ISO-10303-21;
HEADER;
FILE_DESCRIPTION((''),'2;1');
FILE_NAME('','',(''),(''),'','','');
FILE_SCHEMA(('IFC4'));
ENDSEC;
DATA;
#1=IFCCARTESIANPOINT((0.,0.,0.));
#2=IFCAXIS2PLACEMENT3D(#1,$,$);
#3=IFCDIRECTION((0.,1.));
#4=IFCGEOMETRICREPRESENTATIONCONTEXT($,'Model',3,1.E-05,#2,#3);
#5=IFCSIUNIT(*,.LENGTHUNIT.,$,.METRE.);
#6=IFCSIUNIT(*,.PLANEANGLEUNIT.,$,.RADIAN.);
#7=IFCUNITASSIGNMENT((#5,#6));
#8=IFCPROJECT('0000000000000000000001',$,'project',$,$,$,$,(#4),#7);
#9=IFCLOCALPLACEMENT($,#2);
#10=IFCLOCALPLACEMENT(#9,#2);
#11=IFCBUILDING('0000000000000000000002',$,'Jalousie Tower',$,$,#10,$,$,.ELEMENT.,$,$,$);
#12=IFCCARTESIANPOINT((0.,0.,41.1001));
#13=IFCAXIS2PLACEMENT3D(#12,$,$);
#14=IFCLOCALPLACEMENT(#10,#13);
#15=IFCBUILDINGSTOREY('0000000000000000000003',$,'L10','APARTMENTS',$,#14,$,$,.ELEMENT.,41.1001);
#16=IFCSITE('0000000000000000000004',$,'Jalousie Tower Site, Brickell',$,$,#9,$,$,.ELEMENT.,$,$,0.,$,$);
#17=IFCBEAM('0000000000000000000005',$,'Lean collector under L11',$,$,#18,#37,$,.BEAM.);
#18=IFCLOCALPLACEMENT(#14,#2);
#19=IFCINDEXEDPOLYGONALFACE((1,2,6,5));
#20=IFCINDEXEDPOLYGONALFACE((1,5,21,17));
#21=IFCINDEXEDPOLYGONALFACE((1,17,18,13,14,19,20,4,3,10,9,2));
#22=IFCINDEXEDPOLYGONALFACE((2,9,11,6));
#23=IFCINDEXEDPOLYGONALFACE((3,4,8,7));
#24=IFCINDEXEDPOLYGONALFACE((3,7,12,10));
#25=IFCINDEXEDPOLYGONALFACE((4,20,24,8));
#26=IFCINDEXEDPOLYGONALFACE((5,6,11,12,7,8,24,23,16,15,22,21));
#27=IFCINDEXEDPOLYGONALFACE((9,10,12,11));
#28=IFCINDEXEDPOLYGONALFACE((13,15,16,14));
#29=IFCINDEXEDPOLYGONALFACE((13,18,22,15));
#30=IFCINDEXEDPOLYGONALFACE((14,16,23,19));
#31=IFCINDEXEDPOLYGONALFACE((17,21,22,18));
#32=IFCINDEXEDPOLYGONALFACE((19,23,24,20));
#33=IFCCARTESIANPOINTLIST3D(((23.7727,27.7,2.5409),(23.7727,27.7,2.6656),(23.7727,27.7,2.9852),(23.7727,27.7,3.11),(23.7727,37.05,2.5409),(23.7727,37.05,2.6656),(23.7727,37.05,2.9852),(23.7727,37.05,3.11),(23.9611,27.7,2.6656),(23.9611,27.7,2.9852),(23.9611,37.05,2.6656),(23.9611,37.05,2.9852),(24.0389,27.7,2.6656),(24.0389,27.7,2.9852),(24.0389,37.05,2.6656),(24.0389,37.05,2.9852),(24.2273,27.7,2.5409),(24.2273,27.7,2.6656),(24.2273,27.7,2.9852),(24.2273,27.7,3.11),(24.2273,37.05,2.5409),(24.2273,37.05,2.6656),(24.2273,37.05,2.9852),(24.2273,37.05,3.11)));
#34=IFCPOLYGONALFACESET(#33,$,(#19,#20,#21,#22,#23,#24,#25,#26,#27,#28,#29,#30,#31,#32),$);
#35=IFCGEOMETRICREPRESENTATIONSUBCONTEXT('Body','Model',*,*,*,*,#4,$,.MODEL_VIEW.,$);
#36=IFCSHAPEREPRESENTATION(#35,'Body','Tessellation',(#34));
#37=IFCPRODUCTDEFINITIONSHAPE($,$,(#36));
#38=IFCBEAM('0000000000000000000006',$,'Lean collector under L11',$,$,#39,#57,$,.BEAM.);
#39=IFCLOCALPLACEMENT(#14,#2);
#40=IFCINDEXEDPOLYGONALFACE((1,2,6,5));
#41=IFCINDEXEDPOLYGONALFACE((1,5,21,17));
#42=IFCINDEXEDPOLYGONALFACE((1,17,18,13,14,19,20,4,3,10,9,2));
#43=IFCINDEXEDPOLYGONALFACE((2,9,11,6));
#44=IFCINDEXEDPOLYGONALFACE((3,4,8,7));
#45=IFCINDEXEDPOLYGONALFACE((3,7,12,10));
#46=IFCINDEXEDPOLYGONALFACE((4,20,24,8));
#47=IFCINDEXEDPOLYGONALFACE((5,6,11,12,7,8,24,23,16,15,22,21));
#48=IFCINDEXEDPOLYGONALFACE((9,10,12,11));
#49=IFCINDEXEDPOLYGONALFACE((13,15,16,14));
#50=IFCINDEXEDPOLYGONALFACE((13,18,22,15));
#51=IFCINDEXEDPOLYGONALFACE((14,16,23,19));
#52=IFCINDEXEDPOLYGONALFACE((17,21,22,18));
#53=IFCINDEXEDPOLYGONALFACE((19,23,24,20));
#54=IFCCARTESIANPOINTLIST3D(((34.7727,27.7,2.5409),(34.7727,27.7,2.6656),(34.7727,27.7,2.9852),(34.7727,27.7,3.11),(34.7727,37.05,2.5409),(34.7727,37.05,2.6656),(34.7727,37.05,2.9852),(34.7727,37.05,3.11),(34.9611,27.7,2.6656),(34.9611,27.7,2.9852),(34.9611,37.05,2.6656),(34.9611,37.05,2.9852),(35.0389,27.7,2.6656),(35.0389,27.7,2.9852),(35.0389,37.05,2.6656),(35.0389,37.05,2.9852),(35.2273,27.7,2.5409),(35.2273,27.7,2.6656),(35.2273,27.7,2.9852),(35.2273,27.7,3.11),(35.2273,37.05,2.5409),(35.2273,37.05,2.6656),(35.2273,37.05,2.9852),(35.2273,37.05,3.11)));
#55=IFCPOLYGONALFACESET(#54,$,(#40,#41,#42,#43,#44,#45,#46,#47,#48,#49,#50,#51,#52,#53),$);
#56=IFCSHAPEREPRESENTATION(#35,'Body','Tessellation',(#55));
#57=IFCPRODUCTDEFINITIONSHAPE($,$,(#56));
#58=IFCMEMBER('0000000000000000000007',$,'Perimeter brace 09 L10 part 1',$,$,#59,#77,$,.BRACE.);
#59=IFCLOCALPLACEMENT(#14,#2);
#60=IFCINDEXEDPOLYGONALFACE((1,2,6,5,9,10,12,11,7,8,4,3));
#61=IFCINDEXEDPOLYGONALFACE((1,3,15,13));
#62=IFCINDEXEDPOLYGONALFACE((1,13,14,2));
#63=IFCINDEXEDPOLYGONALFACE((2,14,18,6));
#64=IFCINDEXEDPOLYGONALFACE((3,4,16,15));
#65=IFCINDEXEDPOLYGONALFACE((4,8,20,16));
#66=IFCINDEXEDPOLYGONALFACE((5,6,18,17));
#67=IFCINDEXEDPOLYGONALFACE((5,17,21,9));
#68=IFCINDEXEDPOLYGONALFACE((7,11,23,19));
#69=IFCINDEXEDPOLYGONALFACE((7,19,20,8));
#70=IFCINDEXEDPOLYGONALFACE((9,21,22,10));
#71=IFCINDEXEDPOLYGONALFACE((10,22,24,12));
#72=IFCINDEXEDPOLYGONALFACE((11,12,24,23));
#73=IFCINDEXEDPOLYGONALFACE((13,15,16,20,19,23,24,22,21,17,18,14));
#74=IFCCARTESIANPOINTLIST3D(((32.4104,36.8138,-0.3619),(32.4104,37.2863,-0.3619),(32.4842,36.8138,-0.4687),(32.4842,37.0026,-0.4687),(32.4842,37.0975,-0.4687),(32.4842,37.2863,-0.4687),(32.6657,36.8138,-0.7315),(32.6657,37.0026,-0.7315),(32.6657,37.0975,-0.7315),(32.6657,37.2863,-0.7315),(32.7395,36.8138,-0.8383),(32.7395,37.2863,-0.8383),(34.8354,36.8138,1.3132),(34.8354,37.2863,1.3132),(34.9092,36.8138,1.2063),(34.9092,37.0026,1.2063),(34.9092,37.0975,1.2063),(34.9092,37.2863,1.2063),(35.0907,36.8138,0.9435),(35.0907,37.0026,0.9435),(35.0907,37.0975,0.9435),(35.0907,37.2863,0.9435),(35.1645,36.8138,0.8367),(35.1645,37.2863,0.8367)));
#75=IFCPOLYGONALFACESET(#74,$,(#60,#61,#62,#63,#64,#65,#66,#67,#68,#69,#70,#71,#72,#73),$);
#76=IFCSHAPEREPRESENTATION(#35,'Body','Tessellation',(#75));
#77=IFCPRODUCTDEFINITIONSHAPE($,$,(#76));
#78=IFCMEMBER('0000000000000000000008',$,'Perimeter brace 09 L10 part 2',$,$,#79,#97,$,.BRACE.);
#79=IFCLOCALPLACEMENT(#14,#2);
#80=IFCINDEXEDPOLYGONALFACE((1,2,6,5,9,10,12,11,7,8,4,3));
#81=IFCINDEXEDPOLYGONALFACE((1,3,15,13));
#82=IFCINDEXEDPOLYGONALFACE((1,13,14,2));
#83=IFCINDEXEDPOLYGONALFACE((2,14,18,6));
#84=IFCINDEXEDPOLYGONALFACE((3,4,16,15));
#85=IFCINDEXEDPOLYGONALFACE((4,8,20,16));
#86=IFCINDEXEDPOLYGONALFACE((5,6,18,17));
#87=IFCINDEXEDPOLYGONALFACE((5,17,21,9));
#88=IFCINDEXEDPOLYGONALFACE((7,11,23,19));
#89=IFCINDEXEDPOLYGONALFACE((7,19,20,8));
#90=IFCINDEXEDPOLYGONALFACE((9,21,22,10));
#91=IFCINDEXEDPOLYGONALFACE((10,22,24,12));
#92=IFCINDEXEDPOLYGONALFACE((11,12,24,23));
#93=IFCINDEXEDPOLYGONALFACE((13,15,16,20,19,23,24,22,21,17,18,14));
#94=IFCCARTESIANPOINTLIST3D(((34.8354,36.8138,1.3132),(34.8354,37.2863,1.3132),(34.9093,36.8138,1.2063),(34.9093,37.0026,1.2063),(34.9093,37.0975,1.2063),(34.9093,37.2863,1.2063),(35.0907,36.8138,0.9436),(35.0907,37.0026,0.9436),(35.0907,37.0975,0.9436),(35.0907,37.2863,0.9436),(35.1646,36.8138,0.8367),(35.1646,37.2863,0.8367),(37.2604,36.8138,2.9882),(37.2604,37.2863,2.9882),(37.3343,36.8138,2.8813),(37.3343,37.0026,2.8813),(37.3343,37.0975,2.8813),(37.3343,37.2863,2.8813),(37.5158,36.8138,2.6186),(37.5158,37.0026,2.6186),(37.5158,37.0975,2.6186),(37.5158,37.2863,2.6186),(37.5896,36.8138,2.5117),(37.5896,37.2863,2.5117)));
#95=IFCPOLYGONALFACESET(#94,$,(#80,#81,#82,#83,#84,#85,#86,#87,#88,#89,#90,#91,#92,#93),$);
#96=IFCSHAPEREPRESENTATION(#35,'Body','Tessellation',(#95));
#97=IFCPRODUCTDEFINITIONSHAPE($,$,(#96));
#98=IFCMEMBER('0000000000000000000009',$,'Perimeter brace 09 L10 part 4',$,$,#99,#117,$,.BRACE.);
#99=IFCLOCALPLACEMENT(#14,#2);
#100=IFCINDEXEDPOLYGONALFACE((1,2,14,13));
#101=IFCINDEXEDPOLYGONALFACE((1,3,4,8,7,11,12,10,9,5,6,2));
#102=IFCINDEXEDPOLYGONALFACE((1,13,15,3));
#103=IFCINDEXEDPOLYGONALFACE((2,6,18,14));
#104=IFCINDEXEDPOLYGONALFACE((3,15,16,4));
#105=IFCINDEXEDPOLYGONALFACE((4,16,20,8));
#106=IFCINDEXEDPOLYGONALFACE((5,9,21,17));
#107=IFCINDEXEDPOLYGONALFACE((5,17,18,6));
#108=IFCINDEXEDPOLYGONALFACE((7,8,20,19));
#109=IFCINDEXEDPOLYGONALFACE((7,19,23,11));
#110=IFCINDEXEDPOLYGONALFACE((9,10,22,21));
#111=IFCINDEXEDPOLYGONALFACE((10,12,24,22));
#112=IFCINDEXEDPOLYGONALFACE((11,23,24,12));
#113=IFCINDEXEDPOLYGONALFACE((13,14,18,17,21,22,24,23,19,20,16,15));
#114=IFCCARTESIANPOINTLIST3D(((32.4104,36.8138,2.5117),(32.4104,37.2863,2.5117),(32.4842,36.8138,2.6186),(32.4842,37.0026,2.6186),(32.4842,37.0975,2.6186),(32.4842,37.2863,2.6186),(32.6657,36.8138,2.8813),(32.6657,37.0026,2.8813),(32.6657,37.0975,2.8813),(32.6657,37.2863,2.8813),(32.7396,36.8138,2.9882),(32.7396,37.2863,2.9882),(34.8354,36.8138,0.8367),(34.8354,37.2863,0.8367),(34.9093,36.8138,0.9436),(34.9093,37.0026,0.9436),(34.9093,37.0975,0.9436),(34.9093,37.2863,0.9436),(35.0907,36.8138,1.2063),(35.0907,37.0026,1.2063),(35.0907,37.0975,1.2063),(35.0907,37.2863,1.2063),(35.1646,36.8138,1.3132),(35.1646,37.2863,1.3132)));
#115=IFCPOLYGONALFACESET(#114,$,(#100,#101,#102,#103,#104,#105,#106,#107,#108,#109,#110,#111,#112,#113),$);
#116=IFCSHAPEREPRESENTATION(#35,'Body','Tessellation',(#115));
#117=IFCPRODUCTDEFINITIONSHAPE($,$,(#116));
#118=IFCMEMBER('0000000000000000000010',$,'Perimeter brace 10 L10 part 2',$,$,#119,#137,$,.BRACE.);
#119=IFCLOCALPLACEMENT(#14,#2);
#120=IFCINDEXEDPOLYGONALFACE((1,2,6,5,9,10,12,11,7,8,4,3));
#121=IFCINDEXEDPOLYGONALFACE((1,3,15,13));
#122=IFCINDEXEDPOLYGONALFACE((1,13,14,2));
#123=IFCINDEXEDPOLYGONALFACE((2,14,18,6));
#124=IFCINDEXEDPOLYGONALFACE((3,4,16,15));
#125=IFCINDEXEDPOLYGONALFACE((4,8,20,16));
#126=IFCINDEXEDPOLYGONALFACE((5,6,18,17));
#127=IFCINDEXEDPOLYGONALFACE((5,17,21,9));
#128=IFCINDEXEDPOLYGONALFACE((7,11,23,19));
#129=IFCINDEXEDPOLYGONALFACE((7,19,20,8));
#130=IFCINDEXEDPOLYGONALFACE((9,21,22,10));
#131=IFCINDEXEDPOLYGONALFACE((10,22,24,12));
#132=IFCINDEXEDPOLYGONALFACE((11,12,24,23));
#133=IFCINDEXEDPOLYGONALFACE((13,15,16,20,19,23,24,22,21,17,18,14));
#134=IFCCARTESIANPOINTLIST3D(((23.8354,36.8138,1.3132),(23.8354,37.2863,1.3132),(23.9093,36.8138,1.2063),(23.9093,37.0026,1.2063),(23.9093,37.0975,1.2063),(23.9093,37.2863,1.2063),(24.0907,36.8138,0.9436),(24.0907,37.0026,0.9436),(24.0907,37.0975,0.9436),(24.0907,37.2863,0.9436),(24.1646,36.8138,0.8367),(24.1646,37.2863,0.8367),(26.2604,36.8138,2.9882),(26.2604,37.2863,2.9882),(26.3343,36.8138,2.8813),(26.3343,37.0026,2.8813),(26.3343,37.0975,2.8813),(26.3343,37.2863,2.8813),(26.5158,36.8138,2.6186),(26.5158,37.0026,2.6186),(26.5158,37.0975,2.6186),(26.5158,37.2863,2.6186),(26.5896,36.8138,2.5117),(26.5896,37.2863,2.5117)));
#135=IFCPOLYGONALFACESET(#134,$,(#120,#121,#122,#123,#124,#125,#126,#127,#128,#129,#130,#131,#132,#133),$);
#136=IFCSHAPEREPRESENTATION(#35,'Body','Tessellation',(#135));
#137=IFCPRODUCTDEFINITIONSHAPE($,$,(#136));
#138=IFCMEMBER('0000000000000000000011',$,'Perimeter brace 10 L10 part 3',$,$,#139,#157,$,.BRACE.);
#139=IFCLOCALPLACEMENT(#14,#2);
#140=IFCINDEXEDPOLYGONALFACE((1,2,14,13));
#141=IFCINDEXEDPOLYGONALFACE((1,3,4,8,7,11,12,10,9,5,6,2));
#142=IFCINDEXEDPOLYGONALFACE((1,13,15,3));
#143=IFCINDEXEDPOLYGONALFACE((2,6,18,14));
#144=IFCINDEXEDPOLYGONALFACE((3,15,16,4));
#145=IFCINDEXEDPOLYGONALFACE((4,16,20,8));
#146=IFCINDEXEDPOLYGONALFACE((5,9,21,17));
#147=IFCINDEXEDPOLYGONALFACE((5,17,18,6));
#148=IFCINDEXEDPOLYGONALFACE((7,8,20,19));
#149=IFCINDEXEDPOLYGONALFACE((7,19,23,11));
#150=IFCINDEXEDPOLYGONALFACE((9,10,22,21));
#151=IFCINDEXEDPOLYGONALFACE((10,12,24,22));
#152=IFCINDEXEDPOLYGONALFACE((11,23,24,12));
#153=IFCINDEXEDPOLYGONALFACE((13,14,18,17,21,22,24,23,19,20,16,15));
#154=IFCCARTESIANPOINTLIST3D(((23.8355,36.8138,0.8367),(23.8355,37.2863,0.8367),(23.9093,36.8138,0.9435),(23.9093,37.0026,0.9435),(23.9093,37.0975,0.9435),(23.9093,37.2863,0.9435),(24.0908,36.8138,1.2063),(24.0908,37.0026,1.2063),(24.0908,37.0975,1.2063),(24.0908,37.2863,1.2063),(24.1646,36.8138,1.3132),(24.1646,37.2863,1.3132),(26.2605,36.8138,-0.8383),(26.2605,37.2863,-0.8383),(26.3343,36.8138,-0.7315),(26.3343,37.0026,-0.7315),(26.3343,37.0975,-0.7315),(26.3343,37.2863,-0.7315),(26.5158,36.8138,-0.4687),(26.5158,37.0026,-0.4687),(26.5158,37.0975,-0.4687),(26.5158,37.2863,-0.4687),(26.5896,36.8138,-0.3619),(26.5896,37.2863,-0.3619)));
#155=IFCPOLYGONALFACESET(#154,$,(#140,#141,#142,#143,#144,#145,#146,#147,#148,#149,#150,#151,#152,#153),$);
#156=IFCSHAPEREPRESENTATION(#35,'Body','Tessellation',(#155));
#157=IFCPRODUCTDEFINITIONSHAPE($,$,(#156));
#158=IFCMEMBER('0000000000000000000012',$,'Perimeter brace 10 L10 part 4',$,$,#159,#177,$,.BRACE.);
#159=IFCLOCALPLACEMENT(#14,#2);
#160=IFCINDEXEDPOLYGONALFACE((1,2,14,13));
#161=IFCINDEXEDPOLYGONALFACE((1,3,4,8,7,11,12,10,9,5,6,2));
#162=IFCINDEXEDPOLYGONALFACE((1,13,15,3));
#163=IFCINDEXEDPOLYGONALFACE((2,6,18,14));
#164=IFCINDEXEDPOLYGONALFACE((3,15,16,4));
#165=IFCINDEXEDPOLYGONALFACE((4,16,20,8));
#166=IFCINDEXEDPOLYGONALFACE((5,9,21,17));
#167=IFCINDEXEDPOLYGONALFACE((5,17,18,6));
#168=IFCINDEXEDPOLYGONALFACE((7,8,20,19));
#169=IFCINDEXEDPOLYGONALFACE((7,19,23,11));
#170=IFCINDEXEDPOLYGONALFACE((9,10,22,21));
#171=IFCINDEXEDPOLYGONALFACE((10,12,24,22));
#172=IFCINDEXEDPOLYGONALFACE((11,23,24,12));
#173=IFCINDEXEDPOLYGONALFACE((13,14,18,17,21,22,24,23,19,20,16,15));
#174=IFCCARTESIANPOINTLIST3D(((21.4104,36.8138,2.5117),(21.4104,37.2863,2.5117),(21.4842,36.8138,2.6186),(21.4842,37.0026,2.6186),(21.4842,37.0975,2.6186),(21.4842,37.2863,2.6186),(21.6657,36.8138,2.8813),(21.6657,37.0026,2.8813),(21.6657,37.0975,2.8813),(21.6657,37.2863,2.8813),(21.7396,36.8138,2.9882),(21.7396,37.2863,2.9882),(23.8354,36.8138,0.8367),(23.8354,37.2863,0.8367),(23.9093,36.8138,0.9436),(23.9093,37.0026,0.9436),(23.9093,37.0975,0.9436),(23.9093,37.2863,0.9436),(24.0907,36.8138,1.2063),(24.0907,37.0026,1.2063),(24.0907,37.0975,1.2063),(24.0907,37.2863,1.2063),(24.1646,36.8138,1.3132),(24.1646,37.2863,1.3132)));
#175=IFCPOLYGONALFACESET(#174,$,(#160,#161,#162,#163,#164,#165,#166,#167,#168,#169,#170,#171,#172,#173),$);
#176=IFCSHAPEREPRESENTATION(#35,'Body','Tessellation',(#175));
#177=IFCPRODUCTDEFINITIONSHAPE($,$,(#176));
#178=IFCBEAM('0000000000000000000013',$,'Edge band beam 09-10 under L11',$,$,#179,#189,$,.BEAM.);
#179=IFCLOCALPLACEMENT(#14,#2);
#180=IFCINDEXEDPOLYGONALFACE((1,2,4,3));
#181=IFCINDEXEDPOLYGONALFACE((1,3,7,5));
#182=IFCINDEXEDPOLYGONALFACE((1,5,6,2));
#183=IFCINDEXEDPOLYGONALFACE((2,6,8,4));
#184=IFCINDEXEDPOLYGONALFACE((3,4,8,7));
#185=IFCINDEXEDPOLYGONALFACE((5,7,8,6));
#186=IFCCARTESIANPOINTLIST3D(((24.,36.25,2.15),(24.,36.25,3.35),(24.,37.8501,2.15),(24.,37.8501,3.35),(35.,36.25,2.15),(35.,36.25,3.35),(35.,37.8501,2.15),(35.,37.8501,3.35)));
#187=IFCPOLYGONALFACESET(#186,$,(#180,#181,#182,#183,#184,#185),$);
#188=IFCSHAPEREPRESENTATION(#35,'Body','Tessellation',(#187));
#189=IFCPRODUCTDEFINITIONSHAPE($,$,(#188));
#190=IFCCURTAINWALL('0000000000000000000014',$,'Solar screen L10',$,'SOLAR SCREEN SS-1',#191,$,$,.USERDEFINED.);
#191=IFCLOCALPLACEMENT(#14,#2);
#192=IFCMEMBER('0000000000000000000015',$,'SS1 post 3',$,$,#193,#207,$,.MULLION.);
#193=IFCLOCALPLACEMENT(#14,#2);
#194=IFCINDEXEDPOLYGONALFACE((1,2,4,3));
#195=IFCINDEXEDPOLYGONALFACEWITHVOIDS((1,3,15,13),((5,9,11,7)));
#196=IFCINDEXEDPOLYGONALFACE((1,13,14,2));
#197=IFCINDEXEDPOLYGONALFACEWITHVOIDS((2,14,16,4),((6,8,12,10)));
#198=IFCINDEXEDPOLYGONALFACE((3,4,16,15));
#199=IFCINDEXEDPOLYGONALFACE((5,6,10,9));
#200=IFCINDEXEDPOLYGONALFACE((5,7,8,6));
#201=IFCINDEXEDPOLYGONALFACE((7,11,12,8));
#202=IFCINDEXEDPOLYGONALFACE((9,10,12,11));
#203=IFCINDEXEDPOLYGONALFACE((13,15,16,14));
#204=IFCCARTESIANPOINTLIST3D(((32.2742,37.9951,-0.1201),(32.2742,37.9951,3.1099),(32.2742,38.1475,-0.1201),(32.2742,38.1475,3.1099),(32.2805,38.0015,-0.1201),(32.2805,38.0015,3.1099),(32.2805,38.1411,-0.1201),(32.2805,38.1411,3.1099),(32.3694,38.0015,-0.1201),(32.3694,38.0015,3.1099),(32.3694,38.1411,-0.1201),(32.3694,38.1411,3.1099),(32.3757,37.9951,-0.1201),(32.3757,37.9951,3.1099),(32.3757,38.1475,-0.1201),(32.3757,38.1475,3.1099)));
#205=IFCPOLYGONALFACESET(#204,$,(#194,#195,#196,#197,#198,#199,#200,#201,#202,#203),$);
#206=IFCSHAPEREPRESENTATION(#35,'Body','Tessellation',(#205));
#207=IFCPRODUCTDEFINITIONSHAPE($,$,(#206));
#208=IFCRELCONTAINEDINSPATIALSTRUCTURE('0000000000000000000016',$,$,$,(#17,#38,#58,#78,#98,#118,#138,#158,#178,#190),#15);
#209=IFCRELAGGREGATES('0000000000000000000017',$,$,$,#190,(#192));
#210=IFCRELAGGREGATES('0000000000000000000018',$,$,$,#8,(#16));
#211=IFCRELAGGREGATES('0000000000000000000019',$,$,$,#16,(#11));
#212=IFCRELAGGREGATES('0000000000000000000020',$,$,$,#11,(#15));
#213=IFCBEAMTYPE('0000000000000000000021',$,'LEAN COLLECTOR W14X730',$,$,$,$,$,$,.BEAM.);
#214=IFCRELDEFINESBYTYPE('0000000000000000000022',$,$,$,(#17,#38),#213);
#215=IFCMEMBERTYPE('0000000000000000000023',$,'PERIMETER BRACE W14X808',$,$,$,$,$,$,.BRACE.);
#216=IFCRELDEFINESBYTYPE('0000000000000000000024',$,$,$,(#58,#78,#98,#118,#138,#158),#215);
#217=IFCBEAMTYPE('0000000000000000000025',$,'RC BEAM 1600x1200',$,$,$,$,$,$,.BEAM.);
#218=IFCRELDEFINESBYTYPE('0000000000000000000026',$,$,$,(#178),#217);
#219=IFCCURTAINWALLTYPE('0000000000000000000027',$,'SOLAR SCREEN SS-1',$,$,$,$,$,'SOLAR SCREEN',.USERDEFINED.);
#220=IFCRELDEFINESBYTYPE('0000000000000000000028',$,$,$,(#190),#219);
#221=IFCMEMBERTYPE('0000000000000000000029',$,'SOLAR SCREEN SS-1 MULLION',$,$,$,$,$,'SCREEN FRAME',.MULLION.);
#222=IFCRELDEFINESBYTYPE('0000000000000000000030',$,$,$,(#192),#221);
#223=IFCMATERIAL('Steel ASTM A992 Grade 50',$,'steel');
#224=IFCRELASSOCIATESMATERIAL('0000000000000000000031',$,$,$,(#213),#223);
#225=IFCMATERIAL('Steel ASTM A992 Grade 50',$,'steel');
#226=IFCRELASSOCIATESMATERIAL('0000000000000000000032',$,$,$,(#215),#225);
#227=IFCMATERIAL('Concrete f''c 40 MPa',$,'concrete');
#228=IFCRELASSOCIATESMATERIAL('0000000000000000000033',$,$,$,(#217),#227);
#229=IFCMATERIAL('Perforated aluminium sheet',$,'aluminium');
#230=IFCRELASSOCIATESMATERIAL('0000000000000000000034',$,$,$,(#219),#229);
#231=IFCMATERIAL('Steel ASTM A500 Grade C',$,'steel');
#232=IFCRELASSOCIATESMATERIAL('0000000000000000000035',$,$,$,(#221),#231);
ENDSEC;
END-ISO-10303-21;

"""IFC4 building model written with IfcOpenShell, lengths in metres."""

from ifc_helpers import new_model, si_unit, direction, frame, origin, origin_2d, place, context, subcontext, project, spatial, rectangle, hollow_rectangle, i_section, extrude, material, material_profile, profile_set, type_object, element, aggregate, save


model = new_model("IFC4")

# Units and contexts
model_context = context("Model", 3, precision=1e-05, world=origin(), true_north=direction((0.0, 1.0)))
body_context = subcontext(model_context, "Body", "Model", "MODEL_VIEW")
ifc_project = project(units=[si_unit("LENGTHUNIT", "METRE"), si_unit("PLANEANGLEUNIT", "RADIAN")], contexts=[model_context])

# Site, building, storey
site_placement = place(None, origin())
site = spatial("IfcSite", under=ifc_project, at=site_placement, Name="Jalousie Tower Site, Brickell", CompositionType="ELEMENT", RefElevation=0.0)
building_placement = place(site_placement, origin())
building = spatial("IfcBuilding", under=site, at=building_placement, Name="Jalousie Tower", CompositionType="ELEMENT")
storey_placement = place(building_placement, frame((0.0, 0.0, 41.1001)))
storey = spatial("IfcBuildingStorey", under=building, at=storey_placement, Name="L10", Description="APARTMENTS", CompositionType="ELEMENT", Elevation=41.1001)

# Beams
ifc_material_1 = material(Name="Steel ASTM A992 Grade 50", Category="steel")
ifc_material_profile_1 = material_profile(ifc_material_1, i_section(OverallWidth=0.4546, OverallDepth=0.5691, WebThickness=0.0779, FlangeThickness=0.1248, at=origin_2d()), Name="W14X730")
ifc_profile_set_1 = profile_set([ifc_material_profile_1], Name="Steel ASTM A992 Grade 50")
beam_type_1 = type_object("IfcBeamType", Name="LEAN COLLECTOR W14X730", PredefinedType="BEAM", material=ifc_profile_set_1)
for number, where, z_axis, x_axis, name in (
    (1, (24.0, 37.05, 2.8254), (0.0, -1.0, 0.0), (1.0, 0.0, 0.0), "Lean collector under L11"),
    (2, (35.0, 37.05, 2.8254), (0.0, -1.0, 0.0), (1.0, 0.0, 0.0), "Lean collector under L11"),
):
    element("IfcBeam", number, at=place(storey_placement, frame(where, z_axis=z_axis, x_axis=x_axis)), inside=storey, type_object=beam_type_1, Name=name, PredefinedType="BEAM", context=body_context, shape_type="SweptSolid", body=[
        extrude(i_section(OverallWidth=0.4546, OverallDepth=0.5691, WebThickness=0.0779, FlangeThickness=0.1248, at=origin_2d()), origin(), (0.0, 0.0, 1.0), 9.3501),
    ])

# Members
ifc_material_2 = material(Name="Steel ASTM A992 Grade 50", Category="steel")
ifc_material_profile_2 = material_profile(ifc_material_2, i_section(OverallWidth=0.4724, OverallDepth=0.5791, WebThickness=0.095, FlangeThickness=0.1299, at=origin_2d()), Name="W14X808")
ifc_profile_set_2 = profile_set([ifc_material_profile_2], Name="Steel ASTM A992 Grade 50")
member_type_1 = type_object("IfcMemberType", Name="PERIMETER BRACE W14X808", PredefinedType="BRACE", material=ifc_profile_set_2)
for number, where, z_axis, x_axis, name in (
    (3, (32.575, 37.05, -0.6001), (0.8228, 0.0, 0.568331), (0.0, 1.0, 0.0), "Perimeter brace 09 L10 part 1"),
    (4, (35.0, 37.05, 1.075), (0.8228, 0.0, 0.568331), (0.0, 1.0, 0.0), "Perimeter brace 09 L10 part 2"),
    (5, (35.0, 37.05, 1.075), (-0.8228, 0.0, 0.568331), (0.0, -1.0, 0.0), "Perimeter brace 09 L10 part 4"),
    (6, (24.0, 37.05, 1.075), (0.8228, 0.0, 0.568331), (0.0, 1.0, 0.0), "Perimeter brace 10 L10 part 2"),
    (7, (26.425, 37.05, -0.6001), (-0.8228, 0.0, 0.568331), (0.0, -1.0, 0.0), "Perimeter brace 10 L10 part 3"),
    (8, (24.0, 37.05, 1.075), (-0.8228, 0.0, 0.568331), (0.0, -1.0, 0.0), "Perimeter brace 10 L10 part 4"),
):
    element("IfcMember", number, at=place(storey_placement, frame(where, z_axis=z_axis, x_axis=x_axis)), inside=storey, type_object=member_type_1, Name=name, PredefinedType="BRACE", context=body_context, shape_type="SweptSolid", body=[
        extrude(i_section(OverallWidth=0.4724, OverallDepth=0.5791, WebThickness=0.095, FlangeThickness=0.1299, at=origin_2d()), origin(), (0.0, 0.0, 1.0), 2.9473),
    ])

# Beam
ifc_material_3 = material(Name="Concrete f'c 40 MPa", Category="concrete")
ifc_material_profile_3 = material_profile(ifc_material_3, rectangle(XDim=1.6001, YDim=1.2, at=origin_2d()), Name="RC 1600x1200")
ifc_profile_set_3 = profile_set([ifc_material_profile_3], Name="Concrete f'c 40 MPa")
beam_type_2 = type_object("IfcBeamType", Name="RC BEAM 1600x1200", PredefinedType="BEAM", material=ifc_profile_set_3)
beam_placement = place(storey_placement, frame((35.0, 37.05, 2.75), z_axis=(-1.0, 0.0, 0.0), x_axis=(0.0, -1.0, 0.0)))
element("IfcBeam", 9, at=beam_placement, inside=storey, type_object=beam_type_2, Name="Edge band beam 09-10 under L11", PredefinedType="BEAM", context=body_context, shape_type="SweptSolid", body=[
    extrude(rectangle(XDim=1.6001, YDim=1.2, at=origin_2d()), origin(), (0.0, 0.0, 1.0), 11.0),
])

# Curtain wall, member
ifc_material_4 = material(Name="Perforated aluminium sheet", Category="aluminium")
curtain_wall_type = type_object("IfcCurtainWallType", Name="SOLAR SCREEN SS-1", ElementType="SOLAR SCREEN", PredefinedType="USERDEFINED", material=ifc_material_4)
curtain_wall_1_placement = place(storey_placement, origin())
curtain_wall_1 = element("IfcCurtainWall", 10, at=curtain_wall_1_placement, inside=storey, type_object=curtain_wall_type, Name="Solar screen L10", ObjectType="SOLAR SCREEN SS-1", PredefinedType="USERDEFINED")
ifc_material_5 = material(Name="Steel ASTM A500 Grade C", Category="steel")
ifc_material_profile_4 = material_profile(ifc_material_5, hollow_rectangle(XDim=0.1016, YDim=0.1523, WallThickness=0.0063, at=origin_2d()), Name="HSS6X4X1/4")
ifc_profile_set_4 = profile_set([ifc_material_profile_4], Name="Steel ASTM A500 Grade C")
member_type_2 = type_object("IfcMemberType", Name="SOLAR SCREEN SS-1 MULLION", ElementType="SCREEN FRAME", PredefinedType="MULLION", material=ifc_profile_set_4)
member_1_placement = place(storey_placement, frame((32.325, 38.0713, -0.1201), z_axis=(0.0, 0.0, 1.0), x_axis=(-1.0, 0.0, 0.0)))
member_1 = element("IfcMember", 11, at=member_1_placement, type_object=member_type_2, Name="SS1 post 3", PredefinedType="MULLION", context=body_context, shape_type="SweptSolid", body=[
    extrude(hollow_rectangle(XDim=0.1016, YDim=0.1523, WallThickness=0.0063, at=origin_2d()), origin(), (0.0, 0.0, 1.0), 3.23),
])

aggregate(curtain_wall_1, [member_1])

save(model, "model.ifc")
